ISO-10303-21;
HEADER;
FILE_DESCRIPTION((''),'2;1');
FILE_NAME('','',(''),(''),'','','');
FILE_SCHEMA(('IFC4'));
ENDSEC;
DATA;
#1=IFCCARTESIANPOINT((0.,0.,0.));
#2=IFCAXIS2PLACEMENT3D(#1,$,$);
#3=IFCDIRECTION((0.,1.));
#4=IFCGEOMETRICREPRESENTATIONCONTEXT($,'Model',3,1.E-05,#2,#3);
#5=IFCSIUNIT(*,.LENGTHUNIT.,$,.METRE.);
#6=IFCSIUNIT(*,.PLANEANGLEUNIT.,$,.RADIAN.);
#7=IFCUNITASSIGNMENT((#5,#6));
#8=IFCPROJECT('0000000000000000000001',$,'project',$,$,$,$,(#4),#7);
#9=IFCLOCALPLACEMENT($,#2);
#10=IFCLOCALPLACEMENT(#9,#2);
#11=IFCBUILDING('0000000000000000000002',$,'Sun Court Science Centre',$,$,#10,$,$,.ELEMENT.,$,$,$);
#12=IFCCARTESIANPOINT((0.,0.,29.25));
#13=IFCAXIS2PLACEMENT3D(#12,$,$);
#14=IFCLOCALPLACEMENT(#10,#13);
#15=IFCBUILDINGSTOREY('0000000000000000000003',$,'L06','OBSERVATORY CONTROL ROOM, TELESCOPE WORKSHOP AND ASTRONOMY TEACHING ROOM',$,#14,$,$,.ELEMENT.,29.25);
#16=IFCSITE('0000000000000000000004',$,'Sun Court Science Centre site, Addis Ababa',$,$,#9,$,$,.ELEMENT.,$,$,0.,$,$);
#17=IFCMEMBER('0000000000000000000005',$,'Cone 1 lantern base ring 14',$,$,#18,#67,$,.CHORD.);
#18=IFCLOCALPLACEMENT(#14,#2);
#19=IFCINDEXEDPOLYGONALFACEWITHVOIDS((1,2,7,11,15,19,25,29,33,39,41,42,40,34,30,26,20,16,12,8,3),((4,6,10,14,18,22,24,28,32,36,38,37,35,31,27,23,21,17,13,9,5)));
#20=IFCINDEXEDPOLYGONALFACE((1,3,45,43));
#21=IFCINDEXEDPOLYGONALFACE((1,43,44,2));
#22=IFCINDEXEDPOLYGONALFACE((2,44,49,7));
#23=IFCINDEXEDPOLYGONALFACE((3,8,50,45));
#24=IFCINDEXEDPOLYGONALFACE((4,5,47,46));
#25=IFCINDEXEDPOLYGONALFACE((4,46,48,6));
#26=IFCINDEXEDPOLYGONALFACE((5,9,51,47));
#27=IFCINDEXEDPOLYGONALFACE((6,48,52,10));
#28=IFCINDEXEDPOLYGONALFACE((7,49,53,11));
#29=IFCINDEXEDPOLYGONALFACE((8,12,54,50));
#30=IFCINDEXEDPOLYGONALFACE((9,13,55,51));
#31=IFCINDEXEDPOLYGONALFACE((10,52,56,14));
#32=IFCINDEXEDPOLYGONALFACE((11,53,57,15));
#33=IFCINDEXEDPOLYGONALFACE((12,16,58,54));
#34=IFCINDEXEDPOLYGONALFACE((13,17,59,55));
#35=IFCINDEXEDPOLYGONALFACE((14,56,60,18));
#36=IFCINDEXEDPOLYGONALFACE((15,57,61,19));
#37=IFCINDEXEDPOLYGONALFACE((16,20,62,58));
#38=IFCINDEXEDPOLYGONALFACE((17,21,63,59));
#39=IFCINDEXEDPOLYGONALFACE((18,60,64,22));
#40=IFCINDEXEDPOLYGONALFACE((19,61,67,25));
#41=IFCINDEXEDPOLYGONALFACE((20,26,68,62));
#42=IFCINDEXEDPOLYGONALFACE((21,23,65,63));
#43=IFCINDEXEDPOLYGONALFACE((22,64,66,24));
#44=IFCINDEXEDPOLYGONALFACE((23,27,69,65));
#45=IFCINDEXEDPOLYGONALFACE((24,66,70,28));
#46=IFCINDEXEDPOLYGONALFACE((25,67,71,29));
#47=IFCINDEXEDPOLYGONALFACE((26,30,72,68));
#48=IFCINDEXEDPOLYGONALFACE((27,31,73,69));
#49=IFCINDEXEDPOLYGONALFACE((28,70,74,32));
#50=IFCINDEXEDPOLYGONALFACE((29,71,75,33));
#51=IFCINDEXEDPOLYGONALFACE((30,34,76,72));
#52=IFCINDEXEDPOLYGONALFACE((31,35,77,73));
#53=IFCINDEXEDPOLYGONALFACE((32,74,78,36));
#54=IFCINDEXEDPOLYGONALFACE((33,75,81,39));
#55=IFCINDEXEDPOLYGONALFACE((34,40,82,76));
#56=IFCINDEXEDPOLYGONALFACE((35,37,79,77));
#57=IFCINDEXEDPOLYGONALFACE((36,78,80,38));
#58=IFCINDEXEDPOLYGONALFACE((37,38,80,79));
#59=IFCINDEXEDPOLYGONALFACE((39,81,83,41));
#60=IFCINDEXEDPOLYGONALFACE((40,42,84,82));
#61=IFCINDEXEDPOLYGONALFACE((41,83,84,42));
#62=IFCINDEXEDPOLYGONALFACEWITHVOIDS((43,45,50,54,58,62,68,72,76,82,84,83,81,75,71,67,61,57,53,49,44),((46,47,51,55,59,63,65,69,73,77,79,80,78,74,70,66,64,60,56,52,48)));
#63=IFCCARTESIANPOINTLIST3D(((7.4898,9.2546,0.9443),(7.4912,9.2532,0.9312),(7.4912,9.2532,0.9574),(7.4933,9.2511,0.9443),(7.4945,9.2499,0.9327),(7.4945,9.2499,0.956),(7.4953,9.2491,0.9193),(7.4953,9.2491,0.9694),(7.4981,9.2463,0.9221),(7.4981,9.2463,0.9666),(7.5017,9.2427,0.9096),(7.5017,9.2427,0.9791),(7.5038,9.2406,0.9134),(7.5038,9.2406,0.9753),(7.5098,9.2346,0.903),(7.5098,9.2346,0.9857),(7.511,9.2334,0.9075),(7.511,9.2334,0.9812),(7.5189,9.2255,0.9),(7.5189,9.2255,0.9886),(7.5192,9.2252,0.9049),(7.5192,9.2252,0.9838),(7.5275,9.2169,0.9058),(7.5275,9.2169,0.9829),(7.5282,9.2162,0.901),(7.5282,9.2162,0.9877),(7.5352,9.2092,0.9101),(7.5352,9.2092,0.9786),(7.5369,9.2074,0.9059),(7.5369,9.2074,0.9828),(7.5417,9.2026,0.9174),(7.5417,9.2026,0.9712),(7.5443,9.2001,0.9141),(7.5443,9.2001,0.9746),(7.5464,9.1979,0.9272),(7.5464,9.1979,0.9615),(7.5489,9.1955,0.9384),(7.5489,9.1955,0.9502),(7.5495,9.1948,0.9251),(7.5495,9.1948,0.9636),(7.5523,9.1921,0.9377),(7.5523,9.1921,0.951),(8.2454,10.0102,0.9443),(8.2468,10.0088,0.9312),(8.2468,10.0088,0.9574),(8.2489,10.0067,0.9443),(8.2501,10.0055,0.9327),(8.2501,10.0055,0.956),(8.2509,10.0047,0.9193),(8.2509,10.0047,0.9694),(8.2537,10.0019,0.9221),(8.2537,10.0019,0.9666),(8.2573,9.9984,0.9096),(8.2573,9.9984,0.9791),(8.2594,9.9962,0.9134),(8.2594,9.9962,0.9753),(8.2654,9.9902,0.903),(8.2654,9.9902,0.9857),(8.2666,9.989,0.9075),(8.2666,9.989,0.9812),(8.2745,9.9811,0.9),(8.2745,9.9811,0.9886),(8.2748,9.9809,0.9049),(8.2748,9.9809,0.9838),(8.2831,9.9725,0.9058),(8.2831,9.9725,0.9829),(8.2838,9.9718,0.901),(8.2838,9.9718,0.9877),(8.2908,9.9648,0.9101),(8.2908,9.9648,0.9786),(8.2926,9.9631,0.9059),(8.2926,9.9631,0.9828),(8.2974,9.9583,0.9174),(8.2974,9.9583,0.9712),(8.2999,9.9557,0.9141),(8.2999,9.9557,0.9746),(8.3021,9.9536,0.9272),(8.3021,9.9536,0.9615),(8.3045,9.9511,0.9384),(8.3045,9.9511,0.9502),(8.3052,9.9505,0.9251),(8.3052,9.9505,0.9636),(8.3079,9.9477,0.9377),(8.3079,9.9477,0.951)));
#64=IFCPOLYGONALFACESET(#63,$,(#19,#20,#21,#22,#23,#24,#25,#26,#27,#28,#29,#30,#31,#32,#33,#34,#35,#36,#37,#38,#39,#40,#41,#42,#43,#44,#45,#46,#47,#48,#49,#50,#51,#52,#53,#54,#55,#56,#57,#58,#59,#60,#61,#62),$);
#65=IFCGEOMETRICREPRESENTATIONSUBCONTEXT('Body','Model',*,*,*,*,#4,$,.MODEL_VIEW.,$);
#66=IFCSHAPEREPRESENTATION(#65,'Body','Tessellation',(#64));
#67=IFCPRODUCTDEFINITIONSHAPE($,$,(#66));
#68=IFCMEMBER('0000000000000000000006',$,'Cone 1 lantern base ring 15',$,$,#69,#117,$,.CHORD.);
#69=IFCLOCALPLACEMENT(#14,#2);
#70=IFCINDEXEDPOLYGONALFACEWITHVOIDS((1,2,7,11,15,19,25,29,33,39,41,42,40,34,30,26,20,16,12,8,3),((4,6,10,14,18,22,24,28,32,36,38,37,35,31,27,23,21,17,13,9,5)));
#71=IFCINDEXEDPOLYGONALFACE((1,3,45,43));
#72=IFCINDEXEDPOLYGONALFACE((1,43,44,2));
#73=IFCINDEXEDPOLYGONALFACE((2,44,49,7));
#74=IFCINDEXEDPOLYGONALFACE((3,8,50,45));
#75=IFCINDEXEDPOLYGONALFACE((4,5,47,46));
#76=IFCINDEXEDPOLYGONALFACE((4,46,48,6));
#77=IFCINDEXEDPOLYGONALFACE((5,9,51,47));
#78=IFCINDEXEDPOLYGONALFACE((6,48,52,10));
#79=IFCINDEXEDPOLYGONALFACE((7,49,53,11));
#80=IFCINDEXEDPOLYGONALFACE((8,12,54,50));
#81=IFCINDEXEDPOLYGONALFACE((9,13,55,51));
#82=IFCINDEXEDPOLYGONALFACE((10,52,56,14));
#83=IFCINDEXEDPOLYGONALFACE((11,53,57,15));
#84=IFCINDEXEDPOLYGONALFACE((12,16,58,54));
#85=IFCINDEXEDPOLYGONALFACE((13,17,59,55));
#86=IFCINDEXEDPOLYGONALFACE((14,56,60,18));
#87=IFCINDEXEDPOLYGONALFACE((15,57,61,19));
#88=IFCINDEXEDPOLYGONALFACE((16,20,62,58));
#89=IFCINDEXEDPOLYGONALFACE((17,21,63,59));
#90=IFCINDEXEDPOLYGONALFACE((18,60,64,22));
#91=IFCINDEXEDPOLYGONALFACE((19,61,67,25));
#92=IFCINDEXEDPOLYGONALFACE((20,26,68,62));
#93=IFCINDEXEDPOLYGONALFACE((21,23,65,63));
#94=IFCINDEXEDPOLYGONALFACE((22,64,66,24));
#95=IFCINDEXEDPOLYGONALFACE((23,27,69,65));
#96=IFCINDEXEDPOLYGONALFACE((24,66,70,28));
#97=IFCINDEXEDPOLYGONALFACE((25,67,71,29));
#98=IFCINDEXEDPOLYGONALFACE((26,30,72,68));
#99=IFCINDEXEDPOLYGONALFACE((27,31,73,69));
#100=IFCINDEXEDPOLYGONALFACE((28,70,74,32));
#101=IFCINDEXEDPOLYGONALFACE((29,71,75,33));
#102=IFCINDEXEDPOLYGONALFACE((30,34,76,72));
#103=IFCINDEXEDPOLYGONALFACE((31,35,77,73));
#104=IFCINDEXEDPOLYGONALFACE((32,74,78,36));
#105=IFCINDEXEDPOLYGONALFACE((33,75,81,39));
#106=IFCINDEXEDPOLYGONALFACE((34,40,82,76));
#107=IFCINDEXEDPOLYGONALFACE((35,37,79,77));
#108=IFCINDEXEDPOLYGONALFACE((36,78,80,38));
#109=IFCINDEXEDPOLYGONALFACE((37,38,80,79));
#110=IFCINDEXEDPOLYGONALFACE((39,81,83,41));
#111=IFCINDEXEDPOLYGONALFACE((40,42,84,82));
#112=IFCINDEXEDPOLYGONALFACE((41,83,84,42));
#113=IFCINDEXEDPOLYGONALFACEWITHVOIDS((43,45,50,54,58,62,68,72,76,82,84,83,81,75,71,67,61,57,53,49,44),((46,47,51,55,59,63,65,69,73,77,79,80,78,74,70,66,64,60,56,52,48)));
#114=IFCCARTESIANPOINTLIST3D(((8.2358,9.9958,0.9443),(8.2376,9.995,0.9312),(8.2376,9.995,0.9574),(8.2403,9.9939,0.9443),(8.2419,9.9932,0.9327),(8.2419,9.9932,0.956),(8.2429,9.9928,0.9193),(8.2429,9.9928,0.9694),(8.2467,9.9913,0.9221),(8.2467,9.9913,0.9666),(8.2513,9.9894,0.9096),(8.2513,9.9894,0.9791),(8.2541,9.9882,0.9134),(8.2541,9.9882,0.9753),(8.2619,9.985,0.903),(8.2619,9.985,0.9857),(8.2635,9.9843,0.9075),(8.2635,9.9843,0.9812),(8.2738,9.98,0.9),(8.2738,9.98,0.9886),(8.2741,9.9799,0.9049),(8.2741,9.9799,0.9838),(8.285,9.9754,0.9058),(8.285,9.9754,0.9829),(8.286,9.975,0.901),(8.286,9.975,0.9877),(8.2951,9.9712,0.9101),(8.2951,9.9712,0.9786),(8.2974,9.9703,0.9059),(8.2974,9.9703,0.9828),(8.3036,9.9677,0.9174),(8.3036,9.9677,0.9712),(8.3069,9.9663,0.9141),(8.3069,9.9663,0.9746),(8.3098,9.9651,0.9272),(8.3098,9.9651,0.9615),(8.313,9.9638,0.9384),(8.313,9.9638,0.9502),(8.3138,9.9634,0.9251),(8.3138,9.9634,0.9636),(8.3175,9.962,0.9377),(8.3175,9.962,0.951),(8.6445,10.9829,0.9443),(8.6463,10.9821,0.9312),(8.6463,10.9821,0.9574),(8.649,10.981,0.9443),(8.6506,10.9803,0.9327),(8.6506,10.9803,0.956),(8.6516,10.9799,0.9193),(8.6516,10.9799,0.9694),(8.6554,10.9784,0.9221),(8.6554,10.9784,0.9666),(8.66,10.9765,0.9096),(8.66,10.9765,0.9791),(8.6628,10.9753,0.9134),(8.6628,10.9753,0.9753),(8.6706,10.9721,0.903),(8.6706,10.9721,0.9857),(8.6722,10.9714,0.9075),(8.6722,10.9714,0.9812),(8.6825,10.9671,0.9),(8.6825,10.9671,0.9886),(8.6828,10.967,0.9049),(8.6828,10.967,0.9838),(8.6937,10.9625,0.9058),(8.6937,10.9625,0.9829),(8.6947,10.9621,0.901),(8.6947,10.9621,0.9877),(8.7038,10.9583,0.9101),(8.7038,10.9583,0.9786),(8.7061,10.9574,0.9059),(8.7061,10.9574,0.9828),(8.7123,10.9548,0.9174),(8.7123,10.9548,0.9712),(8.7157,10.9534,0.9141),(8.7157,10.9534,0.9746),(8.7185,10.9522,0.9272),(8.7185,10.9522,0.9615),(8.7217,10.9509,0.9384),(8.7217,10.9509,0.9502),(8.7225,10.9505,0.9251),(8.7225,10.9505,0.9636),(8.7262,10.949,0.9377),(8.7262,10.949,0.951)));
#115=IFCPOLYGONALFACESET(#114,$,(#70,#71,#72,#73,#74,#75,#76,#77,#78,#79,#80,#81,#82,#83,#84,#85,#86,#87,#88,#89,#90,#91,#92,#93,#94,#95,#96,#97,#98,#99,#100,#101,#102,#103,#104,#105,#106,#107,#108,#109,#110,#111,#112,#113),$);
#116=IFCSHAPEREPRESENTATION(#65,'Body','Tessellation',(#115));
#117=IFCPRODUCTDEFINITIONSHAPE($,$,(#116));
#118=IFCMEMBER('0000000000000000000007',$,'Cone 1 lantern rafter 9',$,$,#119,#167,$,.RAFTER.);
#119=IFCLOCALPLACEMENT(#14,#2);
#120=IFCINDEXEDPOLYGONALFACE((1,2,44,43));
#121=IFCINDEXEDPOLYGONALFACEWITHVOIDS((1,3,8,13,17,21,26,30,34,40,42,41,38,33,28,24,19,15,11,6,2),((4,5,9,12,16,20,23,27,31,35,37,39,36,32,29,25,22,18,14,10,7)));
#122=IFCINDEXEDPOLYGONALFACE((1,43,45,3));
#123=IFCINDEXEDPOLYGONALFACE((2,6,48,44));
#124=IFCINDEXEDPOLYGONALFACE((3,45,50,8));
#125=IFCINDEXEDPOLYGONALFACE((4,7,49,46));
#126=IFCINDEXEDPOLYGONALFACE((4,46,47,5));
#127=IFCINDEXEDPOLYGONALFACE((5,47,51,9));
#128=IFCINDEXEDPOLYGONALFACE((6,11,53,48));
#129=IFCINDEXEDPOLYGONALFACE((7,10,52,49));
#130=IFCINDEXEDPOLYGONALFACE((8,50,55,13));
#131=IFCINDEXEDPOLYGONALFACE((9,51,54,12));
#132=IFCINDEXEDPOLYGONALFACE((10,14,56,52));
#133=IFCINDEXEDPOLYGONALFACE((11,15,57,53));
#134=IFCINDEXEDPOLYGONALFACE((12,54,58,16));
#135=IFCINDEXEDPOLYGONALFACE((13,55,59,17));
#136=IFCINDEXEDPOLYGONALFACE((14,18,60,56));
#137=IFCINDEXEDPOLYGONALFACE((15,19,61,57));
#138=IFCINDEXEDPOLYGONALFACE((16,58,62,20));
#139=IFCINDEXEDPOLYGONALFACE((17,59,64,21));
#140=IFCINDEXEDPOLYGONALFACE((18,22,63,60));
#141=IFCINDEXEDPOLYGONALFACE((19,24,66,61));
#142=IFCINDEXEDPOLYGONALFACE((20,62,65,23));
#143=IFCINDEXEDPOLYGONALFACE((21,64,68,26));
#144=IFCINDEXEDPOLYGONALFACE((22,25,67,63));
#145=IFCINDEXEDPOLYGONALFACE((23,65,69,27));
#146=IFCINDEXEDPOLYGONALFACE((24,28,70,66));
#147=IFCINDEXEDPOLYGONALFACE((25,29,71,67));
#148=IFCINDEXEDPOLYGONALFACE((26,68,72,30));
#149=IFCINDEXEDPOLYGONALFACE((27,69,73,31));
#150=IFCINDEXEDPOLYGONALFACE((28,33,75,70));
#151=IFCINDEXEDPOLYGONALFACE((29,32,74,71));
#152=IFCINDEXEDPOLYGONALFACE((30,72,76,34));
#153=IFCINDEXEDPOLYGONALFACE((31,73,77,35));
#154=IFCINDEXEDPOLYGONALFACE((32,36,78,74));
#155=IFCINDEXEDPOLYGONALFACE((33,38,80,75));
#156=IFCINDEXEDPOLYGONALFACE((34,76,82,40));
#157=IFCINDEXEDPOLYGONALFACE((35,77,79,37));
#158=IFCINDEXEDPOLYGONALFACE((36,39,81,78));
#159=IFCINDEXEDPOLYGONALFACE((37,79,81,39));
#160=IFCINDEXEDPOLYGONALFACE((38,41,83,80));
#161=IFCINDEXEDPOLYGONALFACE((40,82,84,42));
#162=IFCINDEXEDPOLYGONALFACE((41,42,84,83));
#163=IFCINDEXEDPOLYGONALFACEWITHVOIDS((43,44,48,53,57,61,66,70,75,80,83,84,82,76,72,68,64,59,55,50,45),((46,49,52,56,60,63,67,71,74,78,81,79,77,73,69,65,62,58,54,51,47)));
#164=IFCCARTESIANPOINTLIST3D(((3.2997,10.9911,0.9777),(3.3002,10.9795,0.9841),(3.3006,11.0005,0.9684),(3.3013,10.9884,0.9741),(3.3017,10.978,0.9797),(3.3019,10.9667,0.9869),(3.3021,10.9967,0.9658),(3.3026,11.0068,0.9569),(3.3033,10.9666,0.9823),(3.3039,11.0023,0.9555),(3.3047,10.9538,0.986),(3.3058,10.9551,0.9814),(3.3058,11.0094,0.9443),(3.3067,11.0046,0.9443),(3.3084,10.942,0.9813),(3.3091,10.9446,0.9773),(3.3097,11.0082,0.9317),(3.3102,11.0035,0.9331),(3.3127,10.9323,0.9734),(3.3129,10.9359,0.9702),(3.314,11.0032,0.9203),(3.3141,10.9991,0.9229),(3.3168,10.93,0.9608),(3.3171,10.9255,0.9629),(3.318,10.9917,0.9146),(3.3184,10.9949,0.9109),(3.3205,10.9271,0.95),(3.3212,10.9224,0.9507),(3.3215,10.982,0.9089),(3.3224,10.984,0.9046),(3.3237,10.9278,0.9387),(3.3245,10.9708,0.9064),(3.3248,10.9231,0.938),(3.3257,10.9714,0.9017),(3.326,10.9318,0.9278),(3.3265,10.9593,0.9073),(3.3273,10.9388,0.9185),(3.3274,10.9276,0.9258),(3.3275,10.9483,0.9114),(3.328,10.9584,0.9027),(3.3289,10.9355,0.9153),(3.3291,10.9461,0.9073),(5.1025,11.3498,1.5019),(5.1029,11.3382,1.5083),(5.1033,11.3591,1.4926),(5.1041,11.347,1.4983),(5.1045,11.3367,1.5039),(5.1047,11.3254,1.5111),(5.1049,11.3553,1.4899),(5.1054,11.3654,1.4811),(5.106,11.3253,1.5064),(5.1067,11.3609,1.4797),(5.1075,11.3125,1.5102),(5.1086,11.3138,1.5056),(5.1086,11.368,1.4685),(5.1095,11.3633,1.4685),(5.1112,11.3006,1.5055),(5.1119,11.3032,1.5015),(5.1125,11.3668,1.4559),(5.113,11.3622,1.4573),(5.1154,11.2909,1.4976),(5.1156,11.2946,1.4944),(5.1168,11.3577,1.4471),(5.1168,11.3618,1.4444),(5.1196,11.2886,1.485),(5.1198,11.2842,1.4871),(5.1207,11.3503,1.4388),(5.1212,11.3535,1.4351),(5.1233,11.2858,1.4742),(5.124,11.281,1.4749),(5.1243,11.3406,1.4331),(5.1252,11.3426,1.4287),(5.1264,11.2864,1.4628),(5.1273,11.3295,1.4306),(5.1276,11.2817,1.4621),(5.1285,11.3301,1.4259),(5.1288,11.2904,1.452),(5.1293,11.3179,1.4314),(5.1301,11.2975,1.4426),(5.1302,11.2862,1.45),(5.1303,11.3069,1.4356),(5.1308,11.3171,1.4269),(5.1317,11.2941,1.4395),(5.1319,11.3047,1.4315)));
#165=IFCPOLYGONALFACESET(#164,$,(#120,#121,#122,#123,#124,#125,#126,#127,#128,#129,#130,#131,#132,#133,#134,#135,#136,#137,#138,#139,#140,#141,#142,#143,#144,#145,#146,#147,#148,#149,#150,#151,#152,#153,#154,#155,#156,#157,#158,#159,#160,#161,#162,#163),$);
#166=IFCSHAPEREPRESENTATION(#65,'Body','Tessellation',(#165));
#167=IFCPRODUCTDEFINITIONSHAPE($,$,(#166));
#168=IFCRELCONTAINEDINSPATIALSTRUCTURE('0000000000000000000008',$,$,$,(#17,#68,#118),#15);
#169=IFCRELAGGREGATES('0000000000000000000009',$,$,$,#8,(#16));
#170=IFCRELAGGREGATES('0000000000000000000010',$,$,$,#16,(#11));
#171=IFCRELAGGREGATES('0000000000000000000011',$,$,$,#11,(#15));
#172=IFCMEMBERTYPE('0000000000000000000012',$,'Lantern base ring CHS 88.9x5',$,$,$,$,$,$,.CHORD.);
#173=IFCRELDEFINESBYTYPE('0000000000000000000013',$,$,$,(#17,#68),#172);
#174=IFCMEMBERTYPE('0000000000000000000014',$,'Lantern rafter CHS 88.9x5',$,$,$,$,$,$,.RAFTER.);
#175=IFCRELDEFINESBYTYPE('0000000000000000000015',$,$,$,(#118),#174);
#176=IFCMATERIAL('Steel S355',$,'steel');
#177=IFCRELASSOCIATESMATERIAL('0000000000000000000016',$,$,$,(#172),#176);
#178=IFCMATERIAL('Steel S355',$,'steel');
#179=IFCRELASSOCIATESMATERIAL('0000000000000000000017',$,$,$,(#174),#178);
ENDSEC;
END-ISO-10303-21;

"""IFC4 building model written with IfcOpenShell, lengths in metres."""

from ifc_helpers import new_model, si_unit, direction, frame, origin, origin_2d, place, context, subcontext, project, spatial, hollow_circle, extrude, material, material_profile, profile_set, type_object, element, save


model = new_model("IFC4")

# Units and contexts
model_context = context("Model", 3, precision=1e-05, world=origin(), true_north=direction((0.0, 1.0)))
body_context = subcontext(model_context, "Body", "Model", "MODEL_VIEW")
ifc_project = project(units=[si_unit("LENGTHUNIT", "METRE"), si_unit("PLANEANGLEUNIT", "RADIAN")], contexts=[model_context])

# Site, building, storey
site_placement = place(None, origin())
site = spatial("IfcSite", under=ifc_project, at=site_placement, Name="Sun Court Science Centre site, Addis Ababa", CompositionType="ELEMENT", RefElevation=0.0)
building_placement = place(site_placement, origin())
building = spatial("IfcBuilding", under=site, at=building_placement, Name="Sun Court Science Centre", CompositionType="ELEMENT")
storey_placement = place(building_placement, frame((0.0, 0.0, 29.25)))
storey = spatial("IfcBuildingStorey", under=building, at=storey_placement, Name="L06", Description="OBSERVATORY CONTROL ROOM, TELESCOPE WORKSHOP AND ASTRONOMY TEACHING ROOM", CompositionType="ELEMENT", Elevation=29.25)

# Members
ifc_material_1 = material(Name="Steel S355", Category="steel")
ifc_material_profile_1 = material_profile(ifc_material_1, hollow_circle(Radius=0.0444, WallThickness=0.0049, at=origin_2d()), Name="CHS 88.9x5")
ifc_profile_set_1 = profile_set([ifc_material_profile_1], Name="Steel S355")
member_type_1 = type_object("IfcMemberType", Name="Lantern base ring CHS 88.9x5", PredefinedType="CHORD", material=ifc_profile_set_1)
for number, where, z_axis, x_axis, name in (
    (1, (7.5212, 9.2231, 0.9443), (0.707107, 0.707107, 0.0), (-0.707107, 0.707107, 0.0), "Cone 1 lantern base ring 14"),
):
    element("IfcMember", number, at=place(storey_placement, frame(where, z_axis=z_axis, x_axis=x_axis)), inside=storey, type_object=member_type_1, Name=name, PredefinedType="CHORD", context=body_context, shape_type="SweptSolid", body=[
        extrude(hollow_circle(Radius=0.0444, WallThickness=0.0049, at=origin_2d()), origin(), (0.0, 0.0, 1.0), 1.0686),
    ])
member_1_placement = place(storey_placement, frame((8.2769, 9.9788, 0.9443), z_axis=(0.382554, 0.923933, 0.0), x_axis=(-0.923933, 0.382554, 0.0)))
element("IfcMember", 2, at=member_1_placement, inside=storey, type_object=member_type_1, Name="Cone 1 lantern base ring 15", PredefinedType="CHORD", context=body_context, shape_type="SweptSolid", body=[
    extrude(hollow_circle(Radius=0.0444, WallThickness=0.0049, at=origin_2d()), origin(), (0.0, 0.0, 1.0), 1.0684),
])
ifc_material_2 = material(Name="Steel S355", Category="steel")
ifc_material_profile_2 = material_profile(ifc_material_2, hollow_circle(Radius=0.0444, WallThickness=0.0049, at=origin_2d()), Name="CHS 88.9x5")
ifc_profile_set_2 = profile_set([ifc_material_profile_2], Name="Steel S355")
member_type_2 = type_object("IfcMemberType", Name="Lantern rafter CHS 88.9x5", PredefinedType="RAFTER", material=ifc_profile_set_2)
member_2_placement = place(storey_placement, frame((3.3145, 10.9658, 0.9443), z_axis=(0.943177, 0.187639, 0.274242), x_axis=(-0.19512, 0.980779, 0.0)))
element("IfcMember", 3, at=member_2_placement, inside=storey, type_object=member_type_2, Name="Cone 1 lantern rafter 9", PredefinedType="RAFTER", context=body_context, shape_type="SweptSolid", body=[
    extrude(hollow_circle(Radius=0.0444, WallThickness=0.0049, at=origin_2d()), origin(), (0.0, 0.0, 1.0), 1.9114),
])

save(model, "model.ifc")
